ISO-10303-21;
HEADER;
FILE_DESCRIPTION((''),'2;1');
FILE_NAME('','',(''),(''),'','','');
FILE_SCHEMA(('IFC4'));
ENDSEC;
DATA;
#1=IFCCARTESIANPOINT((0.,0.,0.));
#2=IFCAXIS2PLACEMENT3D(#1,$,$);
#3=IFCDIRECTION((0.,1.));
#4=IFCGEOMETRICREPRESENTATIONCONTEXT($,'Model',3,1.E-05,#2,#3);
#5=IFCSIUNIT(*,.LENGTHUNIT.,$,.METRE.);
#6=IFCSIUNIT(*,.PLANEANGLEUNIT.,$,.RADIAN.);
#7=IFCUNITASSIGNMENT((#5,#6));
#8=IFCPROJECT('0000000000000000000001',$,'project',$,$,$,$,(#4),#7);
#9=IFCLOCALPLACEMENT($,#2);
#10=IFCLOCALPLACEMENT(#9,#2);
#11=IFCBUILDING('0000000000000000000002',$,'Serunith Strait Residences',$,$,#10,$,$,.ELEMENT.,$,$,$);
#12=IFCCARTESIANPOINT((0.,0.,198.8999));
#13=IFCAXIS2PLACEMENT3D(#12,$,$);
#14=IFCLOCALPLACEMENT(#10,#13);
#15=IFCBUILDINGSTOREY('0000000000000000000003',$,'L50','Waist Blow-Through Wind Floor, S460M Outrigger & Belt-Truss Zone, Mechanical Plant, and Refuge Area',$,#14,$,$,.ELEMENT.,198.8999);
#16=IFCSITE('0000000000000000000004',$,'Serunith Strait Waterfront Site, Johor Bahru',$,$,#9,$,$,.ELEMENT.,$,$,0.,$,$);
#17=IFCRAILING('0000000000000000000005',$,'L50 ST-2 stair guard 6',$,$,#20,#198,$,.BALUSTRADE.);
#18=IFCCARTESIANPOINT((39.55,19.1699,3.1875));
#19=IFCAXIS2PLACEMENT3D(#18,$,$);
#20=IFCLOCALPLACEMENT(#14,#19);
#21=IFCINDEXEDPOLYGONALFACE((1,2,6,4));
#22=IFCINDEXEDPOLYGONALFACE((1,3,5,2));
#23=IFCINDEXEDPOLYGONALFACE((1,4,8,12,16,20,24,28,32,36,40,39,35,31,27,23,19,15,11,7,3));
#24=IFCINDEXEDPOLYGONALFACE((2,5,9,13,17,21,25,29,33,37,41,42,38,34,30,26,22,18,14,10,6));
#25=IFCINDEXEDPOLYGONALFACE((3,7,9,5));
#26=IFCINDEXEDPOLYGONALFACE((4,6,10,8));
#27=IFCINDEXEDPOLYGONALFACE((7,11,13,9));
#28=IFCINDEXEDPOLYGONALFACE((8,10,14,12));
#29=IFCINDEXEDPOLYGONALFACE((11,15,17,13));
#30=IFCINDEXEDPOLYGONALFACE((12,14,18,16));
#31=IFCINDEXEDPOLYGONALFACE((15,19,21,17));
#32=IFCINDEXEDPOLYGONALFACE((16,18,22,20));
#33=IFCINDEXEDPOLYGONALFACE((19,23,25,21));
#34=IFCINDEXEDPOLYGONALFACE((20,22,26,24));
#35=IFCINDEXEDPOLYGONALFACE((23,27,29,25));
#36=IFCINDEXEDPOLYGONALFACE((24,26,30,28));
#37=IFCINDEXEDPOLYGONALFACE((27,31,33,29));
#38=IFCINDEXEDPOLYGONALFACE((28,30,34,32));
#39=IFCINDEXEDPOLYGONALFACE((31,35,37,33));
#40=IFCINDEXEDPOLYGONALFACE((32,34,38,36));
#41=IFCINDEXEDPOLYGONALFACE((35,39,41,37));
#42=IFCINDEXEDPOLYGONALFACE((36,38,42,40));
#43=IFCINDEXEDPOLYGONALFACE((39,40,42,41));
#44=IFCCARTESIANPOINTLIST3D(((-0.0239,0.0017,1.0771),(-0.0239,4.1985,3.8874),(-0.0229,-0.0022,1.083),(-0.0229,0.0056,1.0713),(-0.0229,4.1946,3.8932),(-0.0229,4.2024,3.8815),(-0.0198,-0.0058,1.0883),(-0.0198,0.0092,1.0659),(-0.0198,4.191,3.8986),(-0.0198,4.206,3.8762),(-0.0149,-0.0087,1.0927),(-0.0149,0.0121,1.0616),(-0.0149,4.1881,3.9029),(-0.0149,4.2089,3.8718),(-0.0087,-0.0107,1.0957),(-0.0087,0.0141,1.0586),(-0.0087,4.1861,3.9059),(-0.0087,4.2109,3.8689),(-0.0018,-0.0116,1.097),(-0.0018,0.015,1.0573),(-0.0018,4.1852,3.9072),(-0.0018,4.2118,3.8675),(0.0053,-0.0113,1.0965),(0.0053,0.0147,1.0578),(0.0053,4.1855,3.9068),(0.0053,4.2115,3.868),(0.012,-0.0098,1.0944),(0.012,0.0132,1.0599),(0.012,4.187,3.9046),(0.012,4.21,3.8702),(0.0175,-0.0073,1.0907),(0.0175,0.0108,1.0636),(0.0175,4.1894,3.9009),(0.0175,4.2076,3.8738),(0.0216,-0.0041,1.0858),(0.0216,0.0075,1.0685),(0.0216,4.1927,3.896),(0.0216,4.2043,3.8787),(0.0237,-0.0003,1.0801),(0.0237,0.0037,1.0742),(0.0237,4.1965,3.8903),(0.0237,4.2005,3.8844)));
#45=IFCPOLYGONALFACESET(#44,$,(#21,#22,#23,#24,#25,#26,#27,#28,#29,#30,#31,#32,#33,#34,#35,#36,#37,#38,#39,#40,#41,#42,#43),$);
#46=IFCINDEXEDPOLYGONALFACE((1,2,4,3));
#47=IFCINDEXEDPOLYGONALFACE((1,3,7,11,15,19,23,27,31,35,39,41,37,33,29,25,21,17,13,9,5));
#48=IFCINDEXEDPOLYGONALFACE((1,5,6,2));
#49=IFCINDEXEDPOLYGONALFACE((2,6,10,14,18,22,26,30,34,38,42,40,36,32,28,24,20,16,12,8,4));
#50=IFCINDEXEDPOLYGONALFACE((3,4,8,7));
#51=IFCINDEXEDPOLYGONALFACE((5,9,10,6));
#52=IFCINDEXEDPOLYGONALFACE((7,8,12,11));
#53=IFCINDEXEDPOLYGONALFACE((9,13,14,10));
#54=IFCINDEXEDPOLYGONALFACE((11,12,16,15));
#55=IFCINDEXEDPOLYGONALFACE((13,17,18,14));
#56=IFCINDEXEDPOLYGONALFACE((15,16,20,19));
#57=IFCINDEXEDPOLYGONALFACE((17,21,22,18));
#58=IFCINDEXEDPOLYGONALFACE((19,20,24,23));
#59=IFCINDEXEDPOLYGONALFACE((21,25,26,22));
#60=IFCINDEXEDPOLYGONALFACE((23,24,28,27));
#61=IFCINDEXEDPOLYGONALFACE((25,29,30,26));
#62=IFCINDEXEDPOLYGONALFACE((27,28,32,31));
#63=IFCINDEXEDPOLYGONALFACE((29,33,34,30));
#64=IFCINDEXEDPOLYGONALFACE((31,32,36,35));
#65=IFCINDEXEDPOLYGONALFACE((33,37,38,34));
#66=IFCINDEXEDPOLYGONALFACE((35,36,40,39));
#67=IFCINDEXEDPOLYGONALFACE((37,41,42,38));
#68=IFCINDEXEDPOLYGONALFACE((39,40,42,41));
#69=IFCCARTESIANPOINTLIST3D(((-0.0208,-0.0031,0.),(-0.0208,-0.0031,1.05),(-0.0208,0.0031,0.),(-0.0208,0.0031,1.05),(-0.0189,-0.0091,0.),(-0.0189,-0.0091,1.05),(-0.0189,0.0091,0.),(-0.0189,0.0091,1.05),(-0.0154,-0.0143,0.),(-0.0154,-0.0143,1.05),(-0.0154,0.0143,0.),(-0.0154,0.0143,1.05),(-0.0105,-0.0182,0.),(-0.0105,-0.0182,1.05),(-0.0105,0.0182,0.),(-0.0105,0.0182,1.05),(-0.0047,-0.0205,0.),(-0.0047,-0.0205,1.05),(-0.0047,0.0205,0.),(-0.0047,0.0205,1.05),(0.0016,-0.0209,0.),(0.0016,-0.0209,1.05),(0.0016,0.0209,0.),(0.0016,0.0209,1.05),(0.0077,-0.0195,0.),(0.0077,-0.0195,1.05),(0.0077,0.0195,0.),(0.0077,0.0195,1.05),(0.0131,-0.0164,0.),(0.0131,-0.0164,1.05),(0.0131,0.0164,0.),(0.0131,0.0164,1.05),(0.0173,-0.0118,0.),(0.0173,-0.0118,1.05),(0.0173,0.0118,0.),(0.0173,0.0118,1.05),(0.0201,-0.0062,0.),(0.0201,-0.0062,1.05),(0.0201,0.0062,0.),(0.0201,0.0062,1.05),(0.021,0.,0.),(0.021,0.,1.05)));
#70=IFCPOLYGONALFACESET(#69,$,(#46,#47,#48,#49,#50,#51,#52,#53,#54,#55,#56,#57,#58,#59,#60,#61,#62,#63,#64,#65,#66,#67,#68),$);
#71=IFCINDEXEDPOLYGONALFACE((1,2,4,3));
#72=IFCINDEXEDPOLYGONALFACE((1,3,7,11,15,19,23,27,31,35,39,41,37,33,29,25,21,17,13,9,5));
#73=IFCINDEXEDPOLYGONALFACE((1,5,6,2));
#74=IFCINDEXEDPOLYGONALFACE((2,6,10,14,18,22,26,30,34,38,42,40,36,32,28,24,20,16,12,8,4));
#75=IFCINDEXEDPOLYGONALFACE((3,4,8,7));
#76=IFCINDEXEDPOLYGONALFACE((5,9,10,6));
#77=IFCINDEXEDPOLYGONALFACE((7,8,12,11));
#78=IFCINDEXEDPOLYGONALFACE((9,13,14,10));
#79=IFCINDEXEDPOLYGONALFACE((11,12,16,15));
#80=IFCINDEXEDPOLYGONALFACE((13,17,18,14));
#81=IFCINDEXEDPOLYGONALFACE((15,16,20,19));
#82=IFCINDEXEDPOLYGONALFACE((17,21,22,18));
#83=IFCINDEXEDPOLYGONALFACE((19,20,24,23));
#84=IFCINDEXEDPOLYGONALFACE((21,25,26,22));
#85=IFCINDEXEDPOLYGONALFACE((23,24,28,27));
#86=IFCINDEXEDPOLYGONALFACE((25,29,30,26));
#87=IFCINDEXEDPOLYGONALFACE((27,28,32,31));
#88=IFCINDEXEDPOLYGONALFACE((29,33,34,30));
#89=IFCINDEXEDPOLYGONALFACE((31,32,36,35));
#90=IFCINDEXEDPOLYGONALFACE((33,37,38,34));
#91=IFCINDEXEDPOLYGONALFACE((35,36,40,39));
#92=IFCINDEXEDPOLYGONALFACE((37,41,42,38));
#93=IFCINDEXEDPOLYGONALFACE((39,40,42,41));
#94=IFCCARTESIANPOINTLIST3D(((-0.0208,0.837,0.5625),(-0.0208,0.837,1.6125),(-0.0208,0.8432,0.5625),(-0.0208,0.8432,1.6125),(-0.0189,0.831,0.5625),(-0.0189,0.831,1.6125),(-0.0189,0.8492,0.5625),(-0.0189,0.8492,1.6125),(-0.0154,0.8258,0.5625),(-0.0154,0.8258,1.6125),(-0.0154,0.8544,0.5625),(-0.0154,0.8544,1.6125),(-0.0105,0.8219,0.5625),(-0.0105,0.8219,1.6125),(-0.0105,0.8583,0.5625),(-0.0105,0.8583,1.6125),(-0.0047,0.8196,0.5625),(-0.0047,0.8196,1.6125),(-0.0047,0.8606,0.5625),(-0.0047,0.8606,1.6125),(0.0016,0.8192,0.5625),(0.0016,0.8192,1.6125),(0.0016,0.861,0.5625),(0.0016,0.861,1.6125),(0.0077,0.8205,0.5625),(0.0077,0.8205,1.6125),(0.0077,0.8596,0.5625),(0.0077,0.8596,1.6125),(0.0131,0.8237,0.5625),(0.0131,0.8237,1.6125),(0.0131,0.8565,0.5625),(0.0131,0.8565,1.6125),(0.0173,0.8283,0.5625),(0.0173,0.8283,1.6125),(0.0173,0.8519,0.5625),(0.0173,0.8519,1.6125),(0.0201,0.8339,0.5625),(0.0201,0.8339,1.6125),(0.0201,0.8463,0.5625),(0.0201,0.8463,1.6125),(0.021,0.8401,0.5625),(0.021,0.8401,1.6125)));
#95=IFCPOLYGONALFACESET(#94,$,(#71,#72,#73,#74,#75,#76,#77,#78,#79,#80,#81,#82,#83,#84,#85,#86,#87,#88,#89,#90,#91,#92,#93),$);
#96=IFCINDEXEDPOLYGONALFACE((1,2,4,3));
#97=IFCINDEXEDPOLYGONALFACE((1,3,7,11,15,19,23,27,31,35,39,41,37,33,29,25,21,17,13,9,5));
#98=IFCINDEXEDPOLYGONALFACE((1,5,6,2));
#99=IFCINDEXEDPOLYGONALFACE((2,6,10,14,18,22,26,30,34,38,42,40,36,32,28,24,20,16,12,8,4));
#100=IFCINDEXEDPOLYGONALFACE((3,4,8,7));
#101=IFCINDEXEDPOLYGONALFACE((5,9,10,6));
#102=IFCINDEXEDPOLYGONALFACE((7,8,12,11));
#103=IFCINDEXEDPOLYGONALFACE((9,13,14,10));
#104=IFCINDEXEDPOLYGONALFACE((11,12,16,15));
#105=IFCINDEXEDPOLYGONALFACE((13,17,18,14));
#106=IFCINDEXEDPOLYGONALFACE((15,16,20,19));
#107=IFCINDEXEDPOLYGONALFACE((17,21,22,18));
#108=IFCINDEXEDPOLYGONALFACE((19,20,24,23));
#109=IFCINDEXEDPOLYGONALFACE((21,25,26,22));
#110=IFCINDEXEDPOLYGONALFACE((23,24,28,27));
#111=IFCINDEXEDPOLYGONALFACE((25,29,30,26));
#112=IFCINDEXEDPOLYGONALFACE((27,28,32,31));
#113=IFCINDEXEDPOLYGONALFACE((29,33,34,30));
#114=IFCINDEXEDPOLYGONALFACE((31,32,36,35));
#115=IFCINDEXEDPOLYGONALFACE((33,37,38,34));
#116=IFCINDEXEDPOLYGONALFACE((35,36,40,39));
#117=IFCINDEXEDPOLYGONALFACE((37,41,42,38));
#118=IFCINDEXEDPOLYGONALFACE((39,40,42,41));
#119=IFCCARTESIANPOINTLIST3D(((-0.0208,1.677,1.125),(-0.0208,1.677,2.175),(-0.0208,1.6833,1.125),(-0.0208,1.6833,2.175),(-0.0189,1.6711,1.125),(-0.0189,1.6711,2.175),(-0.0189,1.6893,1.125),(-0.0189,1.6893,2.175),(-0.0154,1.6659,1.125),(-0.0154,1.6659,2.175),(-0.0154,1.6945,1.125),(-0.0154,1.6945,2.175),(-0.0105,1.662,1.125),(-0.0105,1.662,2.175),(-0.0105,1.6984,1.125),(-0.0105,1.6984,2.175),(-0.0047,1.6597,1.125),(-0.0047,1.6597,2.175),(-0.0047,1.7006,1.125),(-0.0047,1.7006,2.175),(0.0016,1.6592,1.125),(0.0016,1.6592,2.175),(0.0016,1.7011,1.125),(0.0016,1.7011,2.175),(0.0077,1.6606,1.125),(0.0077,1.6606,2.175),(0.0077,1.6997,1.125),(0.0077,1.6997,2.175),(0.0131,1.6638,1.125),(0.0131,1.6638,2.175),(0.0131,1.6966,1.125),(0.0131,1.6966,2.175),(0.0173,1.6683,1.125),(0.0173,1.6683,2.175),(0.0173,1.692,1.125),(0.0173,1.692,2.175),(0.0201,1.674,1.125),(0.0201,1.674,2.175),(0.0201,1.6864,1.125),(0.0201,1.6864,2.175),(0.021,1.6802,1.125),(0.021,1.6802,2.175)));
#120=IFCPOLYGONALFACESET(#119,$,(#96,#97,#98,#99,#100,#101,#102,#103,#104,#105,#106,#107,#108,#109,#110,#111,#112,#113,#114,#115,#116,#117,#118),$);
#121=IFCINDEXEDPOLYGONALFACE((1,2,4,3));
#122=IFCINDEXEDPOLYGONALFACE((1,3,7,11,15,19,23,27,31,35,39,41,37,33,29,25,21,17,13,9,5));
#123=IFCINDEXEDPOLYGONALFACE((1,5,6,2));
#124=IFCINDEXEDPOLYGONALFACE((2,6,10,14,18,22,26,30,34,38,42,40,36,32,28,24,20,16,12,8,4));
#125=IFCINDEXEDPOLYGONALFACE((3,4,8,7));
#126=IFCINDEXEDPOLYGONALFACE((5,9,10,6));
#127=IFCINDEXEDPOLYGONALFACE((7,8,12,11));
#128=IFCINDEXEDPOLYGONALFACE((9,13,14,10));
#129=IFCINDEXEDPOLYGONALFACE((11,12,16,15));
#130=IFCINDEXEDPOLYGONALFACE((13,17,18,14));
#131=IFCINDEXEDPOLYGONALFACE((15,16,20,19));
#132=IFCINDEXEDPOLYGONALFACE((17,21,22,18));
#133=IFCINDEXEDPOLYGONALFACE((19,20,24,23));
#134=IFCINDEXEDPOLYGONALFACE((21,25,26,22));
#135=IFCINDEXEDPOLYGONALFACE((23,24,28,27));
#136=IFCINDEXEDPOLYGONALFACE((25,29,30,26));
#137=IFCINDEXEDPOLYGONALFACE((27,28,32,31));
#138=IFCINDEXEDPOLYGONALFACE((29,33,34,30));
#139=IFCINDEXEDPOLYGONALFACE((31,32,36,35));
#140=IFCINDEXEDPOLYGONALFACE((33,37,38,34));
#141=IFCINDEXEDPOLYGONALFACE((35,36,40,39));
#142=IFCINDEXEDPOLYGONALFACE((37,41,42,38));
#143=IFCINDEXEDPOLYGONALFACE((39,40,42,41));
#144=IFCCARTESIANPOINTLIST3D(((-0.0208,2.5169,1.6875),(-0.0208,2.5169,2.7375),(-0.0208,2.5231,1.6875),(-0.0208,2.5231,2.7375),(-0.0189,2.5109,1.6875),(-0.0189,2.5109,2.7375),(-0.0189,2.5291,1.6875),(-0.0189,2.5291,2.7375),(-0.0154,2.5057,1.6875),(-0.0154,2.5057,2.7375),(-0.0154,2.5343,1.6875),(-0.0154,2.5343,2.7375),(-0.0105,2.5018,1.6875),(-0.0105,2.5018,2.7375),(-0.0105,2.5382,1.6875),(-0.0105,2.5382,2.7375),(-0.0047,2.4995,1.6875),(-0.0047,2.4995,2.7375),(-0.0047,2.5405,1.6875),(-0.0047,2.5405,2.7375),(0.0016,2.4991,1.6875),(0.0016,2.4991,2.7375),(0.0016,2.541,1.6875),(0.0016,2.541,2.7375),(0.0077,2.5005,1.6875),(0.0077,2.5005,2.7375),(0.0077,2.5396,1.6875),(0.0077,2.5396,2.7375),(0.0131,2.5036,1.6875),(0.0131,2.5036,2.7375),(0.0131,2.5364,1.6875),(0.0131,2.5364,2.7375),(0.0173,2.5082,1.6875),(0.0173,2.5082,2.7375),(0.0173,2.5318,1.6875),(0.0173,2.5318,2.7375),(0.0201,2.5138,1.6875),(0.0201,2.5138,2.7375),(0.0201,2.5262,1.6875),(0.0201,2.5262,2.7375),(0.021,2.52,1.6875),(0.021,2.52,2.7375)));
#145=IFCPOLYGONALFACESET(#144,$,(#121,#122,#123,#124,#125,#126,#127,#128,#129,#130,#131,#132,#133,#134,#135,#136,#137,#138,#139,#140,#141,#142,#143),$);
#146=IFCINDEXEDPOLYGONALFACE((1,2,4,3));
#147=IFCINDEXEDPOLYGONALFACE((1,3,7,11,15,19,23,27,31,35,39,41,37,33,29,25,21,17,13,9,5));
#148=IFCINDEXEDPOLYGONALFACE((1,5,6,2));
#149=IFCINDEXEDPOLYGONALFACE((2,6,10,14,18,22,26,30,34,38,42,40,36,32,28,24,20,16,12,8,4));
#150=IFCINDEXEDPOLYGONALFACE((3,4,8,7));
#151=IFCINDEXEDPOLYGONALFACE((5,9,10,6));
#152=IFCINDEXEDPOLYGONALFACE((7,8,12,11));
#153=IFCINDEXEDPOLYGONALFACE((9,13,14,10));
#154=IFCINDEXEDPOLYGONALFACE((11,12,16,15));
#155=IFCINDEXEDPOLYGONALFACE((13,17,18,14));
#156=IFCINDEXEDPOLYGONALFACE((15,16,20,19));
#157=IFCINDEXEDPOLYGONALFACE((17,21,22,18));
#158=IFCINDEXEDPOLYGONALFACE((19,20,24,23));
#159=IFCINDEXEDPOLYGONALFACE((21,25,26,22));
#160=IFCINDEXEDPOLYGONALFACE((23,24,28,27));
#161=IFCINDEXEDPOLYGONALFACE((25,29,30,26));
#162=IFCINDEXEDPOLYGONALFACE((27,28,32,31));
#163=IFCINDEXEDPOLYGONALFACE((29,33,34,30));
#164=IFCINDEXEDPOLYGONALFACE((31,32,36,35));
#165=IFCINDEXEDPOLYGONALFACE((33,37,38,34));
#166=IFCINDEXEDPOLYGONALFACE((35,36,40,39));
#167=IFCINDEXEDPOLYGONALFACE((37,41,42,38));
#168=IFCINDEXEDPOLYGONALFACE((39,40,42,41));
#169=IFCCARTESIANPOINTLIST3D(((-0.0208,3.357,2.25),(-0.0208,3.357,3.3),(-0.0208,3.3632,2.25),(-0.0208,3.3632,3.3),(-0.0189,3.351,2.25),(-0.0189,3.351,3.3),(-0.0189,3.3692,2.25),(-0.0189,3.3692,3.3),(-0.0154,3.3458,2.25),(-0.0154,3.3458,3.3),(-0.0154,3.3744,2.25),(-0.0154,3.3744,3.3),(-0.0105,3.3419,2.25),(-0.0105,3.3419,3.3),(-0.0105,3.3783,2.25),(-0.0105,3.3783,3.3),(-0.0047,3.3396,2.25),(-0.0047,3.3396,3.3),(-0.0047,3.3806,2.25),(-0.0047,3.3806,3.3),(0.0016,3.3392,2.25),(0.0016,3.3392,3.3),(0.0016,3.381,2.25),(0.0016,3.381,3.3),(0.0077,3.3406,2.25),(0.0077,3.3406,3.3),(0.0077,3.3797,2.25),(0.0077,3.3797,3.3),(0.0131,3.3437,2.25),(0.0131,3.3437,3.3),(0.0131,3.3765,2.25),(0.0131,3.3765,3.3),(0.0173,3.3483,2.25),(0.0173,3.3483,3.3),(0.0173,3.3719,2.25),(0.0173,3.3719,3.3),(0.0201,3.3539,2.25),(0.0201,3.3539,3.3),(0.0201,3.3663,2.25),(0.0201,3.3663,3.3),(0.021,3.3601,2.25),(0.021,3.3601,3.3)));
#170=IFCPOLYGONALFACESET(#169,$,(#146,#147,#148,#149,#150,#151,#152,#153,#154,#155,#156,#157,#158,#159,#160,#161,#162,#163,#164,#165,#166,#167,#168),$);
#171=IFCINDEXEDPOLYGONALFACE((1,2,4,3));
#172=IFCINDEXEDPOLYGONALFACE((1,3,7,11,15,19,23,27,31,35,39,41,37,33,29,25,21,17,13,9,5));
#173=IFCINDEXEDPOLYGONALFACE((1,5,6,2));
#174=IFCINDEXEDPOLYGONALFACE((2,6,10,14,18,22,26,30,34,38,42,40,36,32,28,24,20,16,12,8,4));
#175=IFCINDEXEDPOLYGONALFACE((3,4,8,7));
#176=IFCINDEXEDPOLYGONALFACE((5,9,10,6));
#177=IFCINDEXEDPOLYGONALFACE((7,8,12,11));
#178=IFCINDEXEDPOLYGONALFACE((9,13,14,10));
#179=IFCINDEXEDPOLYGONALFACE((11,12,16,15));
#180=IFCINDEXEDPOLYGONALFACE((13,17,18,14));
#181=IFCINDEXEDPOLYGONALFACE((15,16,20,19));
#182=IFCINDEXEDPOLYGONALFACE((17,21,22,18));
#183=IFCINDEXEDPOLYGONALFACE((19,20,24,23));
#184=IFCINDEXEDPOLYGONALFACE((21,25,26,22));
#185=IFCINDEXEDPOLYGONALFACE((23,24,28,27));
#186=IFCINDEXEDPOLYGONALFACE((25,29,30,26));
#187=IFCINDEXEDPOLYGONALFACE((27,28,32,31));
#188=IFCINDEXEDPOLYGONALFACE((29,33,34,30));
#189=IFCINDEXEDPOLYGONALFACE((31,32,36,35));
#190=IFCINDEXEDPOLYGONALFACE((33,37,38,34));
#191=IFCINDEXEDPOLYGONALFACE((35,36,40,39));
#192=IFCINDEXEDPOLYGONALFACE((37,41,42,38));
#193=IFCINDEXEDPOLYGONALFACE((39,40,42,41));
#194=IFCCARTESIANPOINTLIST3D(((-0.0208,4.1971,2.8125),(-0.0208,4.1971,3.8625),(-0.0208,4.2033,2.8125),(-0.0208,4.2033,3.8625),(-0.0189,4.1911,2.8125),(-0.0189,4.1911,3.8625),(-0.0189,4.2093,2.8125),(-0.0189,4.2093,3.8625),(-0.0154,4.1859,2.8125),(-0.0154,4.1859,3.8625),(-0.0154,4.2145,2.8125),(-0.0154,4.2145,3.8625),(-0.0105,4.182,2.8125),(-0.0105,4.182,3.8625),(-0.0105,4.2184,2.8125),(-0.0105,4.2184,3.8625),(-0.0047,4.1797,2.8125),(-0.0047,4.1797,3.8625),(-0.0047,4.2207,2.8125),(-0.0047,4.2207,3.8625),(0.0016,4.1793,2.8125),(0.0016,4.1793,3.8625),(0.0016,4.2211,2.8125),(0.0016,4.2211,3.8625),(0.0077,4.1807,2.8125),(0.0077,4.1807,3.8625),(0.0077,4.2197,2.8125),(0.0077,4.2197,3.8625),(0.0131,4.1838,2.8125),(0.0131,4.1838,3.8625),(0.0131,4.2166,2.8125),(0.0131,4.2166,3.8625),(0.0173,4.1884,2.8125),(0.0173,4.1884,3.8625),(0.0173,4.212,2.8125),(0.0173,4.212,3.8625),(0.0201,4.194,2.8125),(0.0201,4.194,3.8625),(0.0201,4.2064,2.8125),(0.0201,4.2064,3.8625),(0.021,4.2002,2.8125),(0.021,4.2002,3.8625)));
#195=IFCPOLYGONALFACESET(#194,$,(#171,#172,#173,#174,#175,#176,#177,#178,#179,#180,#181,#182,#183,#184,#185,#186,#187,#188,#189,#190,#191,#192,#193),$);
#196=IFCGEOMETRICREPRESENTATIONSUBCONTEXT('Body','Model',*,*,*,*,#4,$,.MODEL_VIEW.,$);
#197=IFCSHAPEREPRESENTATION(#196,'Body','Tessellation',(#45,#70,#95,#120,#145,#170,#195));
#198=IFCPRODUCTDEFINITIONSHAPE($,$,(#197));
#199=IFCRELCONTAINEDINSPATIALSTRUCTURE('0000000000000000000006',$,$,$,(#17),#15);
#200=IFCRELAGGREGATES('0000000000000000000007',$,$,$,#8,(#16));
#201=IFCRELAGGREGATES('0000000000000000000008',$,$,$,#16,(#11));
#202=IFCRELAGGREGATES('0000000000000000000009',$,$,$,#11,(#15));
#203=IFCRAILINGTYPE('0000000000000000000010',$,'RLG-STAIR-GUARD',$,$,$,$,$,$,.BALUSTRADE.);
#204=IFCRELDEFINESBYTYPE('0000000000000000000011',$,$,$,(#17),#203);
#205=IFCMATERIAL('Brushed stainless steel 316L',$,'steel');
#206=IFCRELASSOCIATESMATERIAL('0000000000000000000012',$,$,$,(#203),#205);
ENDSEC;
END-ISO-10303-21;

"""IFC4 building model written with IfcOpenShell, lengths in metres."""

from ifc_helpers import new_model, si_unit, direction, frame, origin, origin_2d, place, context, subcontext, project, spatial, circle, extrude, material, type_object, element, save


model = new_model("IFC4")

# Units and contexts
model_context = context("Model", 3, precision=1e-05, world=origin(), true_north=direction((0.0, 1.0)))
body_context = subcontext(model_context, "Body", "Model", "MODEL_VIEW")
ifc_project = project(units=[si_unit("LENGTHUNIT", "METRE"), si_unit("PLANEANGLEUNIT", "RADIAN")], contexts=[model_context])

# Site, building, storey
site_placement = place(None, origin())
site = spatial("IfcSite", under=ifc_project, at=site_placement, Name="Serunith Strait Waterfront Site, Johor Bahru", CompositionType="ELEMENT", RefElevation=0.0)
building_placement = place(site_placement, origin())
building = spatial("IfcBuilding", under=site, at=building_placement, Name="Serunith Strait Residences", CompositionType="ELEMENT")
storey_placement = place(building_placement, frame((0.0, 0.0, 198.8999)))
storey = spatial("IfcBuildingStorey", under=building, at=storey_placement, Name="L50", Description="Waist Blow-Through Wind Floor, S460M Outrigger & Belt-Truss Zone, Mechanical Plant, and Refuge Area", CompositionType="ELEMENT", Elevation=198.8999)

# Railing
ifc_material_1 = material(Name="Brushed stainless steel 316L", Category="steel")
railing_type_1 = type_object("IfcRailingType", Name="RLG-STAIR-GUARD", PredefinedType="BALUSTRADE", material=ifc_material_1)
railing_1_placement = place(storey_placement, frame((39.55, 19.1699, 3.1875)))
element("IfcRailing", 1, at=railing_1_placement, inside=storey, type_object=railing_type_1, Name="L50 ST-2 stair guard 6", PredefinedType="BALUSTRADE", context=body_context, shape_type="SweptSolid", body=[
    extrude(circle(Radius=0.0239, at=origin_2d()), frame((0.0, 0.0017, 1.0771), z_axis=(0.0, 0.830919, 0.556393), x_axis=(-1.0, 0.0, 0.0)), (0.0, 0.0, 1.0), 5.0508),
    extrude(circle(Radius=0.021, at=origin_2d()), origin(), (0.0, 0.0, 1.0), 1.05),
    extrude(circle(Radius=0.021, at=origin_2d()), frame((0.0, 0.8401, 0.5625)), (0.0, 0.0, 1.0), 1.05),
    extrude(circle(Radius=0.021, at=origin_2d()), frame((0.0, 1.6802, 1.125)), (0.0, 0.0, 1.0), 1.05),
    extrude(circle(Radius=0.021, at=origin_2d()), frame((0.0, 2.52, 1.6875)), (0.0, 0.0, 1.0), 1.05),
    extrude(circle(Radius=0.021, at=origin_2d()), frame((0.0, 3.3601, 2.25)), (0.0, 0.0, 1.0), 1.05),
    extrude(circle(Radius=0.021, at=origin_2d()), frame((0.0, 4.2002, 2.8125)), (0.0, 0.0, 1.0), 1.05),
])

save(model, "model.ifc")
